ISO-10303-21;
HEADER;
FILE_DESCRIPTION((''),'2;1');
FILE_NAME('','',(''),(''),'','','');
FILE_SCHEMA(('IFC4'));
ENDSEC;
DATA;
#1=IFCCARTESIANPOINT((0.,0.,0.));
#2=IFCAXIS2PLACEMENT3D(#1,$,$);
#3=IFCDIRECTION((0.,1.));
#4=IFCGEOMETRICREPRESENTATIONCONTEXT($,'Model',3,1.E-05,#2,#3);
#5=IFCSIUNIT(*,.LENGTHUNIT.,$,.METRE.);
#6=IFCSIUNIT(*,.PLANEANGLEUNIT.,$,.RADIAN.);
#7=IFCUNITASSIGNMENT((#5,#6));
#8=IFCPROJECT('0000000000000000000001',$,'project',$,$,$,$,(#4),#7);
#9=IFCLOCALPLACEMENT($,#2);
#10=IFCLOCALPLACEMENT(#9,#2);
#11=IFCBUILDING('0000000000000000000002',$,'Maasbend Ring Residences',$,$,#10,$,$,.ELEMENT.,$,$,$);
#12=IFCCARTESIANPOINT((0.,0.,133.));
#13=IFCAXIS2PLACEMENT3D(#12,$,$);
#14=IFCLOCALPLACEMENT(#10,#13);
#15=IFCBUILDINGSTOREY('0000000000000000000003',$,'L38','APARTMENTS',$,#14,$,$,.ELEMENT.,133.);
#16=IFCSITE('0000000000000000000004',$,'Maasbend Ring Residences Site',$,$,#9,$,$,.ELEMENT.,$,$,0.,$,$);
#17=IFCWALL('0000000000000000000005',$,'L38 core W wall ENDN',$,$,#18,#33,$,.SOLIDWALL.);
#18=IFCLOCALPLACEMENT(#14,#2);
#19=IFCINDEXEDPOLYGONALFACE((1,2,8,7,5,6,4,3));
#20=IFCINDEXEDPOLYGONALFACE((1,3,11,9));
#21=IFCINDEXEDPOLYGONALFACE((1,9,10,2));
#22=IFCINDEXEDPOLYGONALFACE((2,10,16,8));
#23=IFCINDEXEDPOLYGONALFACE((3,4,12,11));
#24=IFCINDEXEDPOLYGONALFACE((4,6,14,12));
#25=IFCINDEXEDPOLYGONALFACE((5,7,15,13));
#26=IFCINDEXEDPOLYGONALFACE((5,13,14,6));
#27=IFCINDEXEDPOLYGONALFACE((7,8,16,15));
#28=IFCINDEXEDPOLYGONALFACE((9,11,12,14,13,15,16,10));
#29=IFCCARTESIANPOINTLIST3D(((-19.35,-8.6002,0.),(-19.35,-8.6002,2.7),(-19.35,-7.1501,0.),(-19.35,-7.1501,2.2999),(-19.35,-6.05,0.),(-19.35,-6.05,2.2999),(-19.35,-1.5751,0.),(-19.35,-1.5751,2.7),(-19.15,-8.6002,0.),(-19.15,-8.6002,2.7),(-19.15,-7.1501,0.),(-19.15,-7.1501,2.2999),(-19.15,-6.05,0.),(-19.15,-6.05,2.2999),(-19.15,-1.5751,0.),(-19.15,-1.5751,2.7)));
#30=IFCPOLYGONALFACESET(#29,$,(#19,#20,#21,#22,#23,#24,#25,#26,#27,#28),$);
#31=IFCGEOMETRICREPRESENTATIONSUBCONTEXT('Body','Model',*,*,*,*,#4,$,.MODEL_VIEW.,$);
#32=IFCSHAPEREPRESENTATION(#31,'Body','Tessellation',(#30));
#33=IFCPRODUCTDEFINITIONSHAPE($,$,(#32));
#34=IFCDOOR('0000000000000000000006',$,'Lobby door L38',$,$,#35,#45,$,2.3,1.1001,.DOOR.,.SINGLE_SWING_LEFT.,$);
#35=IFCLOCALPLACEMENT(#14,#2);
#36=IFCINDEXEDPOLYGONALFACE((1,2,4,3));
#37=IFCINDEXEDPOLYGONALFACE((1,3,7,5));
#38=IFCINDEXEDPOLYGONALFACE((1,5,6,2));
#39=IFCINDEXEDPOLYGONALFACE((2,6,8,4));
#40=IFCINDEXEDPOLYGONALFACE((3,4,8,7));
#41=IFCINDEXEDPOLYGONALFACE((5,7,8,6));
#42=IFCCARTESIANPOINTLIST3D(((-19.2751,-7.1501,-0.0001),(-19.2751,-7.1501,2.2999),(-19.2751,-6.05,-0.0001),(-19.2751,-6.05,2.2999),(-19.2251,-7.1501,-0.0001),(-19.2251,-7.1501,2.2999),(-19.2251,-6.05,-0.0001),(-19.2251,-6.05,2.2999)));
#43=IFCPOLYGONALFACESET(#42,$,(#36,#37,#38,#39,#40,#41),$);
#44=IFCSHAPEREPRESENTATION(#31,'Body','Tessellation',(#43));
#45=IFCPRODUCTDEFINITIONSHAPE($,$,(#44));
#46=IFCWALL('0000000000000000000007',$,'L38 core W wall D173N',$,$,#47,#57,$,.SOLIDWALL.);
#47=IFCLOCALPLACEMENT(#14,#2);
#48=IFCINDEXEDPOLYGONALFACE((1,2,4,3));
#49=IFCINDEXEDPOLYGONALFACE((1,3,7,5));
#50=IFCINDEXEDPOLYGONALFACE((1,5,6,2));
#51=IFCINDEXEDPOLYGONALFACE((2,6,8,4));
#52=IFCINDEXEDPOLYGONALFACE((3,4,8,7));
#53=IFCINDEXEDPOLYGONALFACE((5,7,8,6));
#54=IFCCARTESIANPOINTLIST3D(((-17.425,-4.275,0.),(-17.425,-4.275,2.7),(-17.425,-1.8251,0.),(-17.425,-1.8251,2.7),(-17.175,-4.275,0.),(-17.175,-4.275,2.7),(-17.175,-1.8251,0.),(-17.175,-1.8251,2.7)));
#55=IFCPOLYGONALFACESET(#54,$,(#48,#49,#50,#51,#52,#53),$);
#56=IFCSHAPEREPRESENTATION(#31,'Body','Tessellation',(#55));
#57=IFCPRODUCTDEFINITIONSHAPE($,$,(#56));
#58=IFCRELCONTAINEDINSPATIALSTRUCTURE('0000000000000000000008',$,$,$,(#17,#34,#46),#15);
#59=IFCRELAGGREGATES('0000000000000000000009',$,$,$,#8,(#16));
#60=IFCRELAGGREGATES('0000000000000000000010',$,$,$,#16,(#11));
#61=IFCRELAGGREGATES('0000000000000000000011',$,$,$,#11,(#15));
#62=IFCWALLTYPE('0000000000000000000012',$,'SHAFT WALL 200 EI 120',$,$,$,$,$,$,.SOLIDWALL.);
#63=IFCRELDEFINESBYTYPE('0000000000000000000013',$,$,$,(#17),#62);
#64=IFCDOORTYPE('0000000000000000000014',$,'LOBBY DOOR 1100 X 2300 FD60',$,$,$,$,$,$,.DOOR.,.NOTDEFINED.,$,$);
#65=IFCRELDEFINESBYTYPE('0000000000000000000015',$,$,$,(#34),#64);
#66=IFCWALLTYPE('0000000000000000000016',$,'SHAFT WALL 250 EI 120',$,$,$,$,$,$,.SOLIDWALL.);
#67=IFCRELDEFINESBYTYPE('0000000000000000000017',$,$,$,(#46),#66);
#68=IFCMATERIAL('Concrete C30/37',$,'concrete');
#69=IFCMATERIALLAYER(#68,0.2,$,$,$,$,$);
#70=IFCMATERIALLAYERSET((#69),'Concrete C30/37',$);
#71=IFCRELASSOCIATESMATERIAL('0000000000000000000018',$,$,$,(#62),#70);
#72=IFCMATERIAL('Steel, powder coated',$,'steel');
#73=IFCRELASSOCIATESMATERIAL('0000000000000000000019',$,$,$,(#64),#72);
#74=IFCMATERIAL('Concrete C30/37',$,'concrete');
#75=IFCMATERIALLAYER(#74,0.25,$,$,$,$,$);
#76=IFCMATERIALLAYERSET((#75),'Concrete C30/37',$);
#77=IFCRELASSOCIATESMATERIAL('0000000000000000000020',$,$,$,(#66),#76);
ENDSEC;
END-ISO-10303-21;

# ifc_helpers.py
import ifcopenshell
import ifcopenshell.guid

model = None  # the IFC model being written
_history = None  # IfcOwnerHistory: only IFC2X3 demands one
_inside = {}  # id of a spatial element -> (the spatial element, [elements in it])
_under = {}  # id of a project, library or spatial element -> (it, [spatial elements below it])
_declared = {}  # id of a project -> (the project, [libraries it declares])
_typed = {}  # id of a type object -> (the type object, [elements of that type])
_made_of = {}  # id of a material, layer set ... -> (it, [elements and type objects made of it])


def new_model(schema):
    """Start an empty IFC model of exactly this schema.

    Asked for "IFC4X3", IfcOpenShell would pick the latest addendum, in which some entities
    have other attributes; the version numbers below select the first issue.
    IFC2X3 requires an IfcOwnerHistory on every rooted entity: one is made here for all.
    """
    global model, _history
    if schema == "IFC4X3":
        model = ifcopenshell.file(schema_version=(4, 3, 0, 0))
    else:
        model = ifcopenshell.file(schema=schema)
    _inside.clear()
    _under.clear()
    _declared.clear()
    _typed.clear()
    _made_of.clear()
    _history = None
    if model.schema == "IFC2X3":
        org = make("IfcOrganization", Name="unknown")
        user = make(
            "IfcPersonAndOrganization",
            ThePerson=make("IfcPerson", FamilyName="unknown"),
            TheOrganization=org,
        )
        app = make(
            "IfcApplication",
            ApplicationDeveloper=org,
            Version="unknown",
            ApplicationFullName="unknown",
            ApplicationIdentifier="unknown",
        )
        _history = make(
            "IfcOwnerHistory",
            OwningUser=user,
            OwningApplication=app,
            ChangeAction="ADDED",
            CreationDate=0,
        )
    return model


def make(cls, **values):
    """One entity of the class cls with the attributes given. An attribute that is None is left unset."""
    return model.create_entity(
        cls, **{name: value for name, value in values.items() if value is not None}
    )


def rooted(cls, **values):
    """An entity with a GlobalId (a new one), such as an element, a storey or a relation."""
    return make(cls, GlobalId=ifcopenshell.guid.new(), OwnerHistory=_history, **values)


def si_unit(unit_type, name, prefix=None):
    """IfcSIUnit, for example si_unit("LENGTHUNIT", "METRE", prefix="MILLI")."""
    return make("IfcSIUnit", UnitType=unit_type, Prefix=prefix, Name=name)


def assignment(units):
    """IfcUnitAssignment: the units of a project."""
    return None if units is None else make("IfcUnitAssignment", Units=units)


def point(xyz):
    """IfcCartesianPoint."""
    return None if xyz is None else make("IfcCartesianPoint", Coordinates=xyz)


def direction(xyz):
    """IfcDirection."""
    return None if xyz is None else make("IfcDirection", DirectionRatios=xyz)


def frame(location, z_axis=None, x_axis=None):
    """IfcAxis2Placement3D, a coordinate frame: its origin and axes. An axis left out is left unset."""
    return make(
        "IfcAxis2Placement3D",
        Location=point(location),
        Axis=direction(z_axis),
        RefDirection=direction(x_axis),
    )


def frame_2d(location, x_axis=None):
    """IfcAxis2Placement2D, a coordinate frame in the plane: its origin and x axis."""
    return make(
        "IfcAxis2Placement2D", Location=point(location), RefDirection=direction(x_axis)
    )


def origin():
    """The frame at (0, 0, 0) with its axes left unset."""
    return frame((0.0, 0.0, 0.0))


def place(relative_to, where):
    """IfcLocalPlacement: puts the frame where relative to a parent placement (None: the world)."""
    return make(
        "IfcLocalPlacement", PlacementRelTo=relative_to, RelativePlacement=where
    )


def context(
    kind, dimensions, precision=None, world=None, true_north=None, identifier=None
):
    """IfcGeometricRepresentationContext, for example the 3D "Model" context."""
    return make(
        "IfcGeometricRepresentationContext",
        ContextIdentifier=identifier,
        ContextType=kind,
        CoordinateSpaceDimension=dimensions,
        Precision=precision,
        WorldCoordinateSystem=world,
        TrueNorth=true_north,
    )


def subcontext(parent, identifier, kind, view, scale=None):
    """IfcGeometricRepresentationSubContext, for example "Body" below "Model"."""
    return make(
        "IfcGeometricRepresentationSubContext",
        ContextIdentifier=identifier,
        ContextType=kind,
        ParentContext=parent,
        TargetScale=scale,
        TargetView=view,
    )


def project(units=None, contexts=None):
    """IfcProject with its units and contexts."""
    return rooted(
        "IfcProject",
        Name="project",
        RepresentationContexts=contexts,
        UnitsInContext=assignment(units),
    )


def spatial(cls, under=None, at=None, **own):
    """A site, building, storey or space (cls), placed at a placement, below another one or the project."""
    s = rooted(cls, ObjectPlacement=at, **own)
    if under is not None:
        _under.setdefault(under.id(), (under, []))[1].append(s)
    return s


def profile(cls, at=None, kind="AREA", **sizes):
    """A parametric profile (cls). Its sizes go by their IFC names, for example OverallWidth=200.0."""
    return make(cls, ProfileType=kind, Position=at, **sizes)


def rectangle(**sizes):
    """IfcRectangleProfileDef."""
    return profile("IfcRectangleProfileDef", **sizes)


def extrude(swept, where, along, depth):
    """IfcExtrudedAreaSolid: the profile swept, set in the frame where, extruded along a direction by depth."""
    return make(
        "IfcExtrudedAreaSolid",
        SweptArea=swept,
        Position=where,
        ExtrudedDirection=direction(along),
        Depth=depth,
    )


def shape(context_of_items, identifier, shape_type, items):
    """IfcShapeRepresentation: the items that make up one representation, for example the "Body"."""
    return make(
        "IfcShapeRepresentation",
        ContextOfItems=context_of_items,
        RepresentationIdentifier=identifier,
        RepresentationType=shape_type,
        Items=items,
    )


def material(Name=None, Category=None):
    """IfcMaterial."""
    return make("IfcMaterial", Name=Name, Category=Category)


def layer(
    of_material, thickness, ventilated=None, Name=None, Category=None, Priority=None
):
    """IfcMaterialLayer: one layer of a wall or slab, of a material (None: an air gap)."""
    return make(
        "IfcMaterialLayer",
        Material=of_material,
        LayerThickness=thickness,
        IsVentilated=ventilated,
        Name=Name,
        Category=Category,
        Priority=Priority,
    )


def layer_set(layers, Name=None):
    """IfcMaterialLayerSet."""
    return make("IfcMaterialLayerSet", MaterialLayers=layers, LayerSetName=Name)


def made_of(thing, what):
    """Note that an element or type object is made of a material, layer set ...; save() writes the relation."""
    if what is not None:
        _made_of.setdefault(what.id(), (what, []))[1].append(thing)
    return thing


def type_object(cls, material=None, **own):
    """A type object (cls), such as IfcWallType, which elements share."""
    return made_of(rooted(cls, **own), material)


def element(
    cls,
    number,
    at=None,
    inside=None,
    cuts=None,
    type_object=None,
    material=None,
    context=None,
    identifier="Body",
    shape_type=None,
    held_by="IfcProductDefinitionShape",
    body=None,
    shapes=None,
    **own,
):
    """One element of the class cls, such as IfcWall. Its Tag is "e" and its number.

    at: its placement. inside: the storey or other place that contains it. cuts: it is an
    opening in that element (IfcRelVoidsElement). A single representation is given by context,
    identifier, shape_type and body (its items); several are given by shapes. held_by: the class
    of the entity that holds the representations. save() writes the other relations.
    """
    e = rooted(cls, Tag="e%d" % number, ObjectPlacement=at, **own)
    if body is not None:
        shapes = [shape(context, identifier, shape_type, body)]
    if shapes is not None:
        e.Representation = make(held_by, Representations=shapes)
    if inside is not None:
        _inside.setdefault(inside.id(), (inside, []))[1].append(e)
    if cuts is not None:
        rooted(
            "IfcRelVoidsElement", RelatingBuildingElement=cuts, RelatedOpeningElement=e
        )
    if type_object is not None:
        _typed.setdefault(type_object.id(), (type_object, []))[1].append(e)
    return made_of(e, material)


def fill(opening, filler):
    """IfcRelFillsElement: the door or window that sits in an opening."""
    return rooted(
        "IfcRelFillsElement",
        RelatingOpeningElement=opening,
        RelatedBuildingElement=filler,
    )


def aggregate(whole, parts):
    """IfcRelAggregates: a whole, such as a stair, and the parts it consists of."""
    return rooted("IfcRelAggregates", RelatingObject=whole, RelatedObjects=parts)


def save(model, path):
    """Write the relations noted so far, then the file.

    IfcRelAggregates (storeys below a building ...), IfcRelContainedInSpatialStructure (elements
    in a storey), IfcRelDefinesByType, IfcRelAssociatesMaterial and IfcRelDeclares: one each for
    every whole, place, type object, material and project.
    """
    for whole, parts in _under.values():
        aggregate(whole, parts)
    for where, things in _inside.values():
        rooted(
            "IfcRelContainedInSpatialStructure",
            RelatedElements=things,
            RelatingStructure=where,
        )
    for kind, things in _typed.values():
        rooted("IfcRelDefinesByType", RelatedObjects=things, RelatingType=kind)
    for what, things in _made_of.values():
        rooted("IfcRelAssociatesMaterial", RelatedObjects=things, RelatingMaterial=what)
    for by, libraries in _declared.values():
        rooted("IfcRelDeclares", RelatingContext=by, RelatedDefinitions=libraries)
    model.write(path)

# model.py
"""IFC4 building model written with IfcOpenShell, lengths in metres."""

from ifc_helpers import new_model, si_unit, direction, frame, frame_2d, origin, place, context, subcontext, project, spatial, rectangle, extrude, material, layer, layer_set, type_object, element, fill, save


model = new_model("IFC4")

# Units and contexts
model_context = context("Model", 3, precision=1e-05, world=origin(), true_north=direction((0.0, 1.0)))
body_context = subcontext(model_context, "Body", "Model", "MODEL_VIEW")
ifc_project = project(units=[si_unit("LENGTHUNIT", "METRE"), si_unit("PLANEANGLEUNIT", "RADIAN")], contexts=[model_context])

# Site, building, storey
site_placement = place(None, origin())
site = spatial("IfcSite", under=ifc_project, at=site_placement, Name="Maasbend Ring Residences Site", CompositionType="ELEMENT", RefElevation=0.0)
building_placement = place(site_placement, origin())
building = spatial("IfcBuilding", under=site, at=building_placement, Name="Maasbend Ring Residences", CompositionType="ELEMENT")
storey_placement = place(building_placement, frame((0.0, 0.0, 133.0)))
storey = spatial("IfcBuildingStorey", under=building, at=storey_placement, Name="L38", Description="APARTMENTS", CompositionType="ELEMENT", Elevation=133.0)

# Wall, opening, door
ifc_material_1 = material(Name="Concrete C30/37", Category="concrete")
ifc_layer_1 = layer(ifc_material_1, 0.2)
ifc_layer_set_1 = layer_set([ifc_layer_1], Name="Concrete C30/37")
wall_type_1 = type_object("IfcWallType", Name="SHAFT WALL 200 EI 120", PredefinedType="SOLIDWALL", material=ifc_layer_set_1)
wall_1_placement = place(storey_placement, frame((-19.25, -1.575, 0.0), z_axis=(0.0, 0.0, 1.0), x_axis=(0.0, -1.0, 0.0)))
wall_1 = element("IfcWall", 1, at=wall_1_placement, inside=storey, type_object=wall_type_1, Name="L38 core W wall ENDN", PredefinedType="SOLIDWALL", context=body_context, shape_type="SweptSolid", body=[
    extrude(rectangle(XDim=7.0251, YDim=0.2, at=frame_2d((3.5127, 0.0))), origin(), (0.0, 0.0, 1.0), 2.7),
])
opening_1_placement = place(wall_1_placement, frame((4.4751, 0.0, 0.0)))
opening_1 = element("IfcOpeningElement", 2, at=opening_1_placement, cuts=wall_1, PredefinedType="OPENING", context=body_context, shape_type="SweptSolid", body=[
    extrude(rectangle(XDim=1.1001, YDim=2.3, at=frame_2d((0.55, 1.1499))), frame((0.0, 0.1099, 0.0), z_axis=(0.0, -1.0, 0.0), x_axis=(1.0, 0.0, 0.0)), (0.0, 0.0, 1.0), 0.22),
])
ifc_material_2 = material(Name="Steel, powder coated", Category="steel")
door_type_1 = type_object("IfcDoorType", Name="LOBBY DOOR 1100 X 2300 FD60", OperationType="NOTDEFINED", PredefinedType="DOOR", material=ifc_material_2)
door_1_placement = place(opening_1_placement, origin())
door_1 = element("IfcDoor", 3, at=door_1_placement, inside=storey, type_object=door_type_1, Name="Lobby door L38", OperationType="SINGLE_SWING_LEFT", OverallHeight=2.3, OverallWidth=1.1001, PredefinedType="DOOR", context=body_context, shape_type="SweptSolid", body=[
    extrude(rectangle(XDim=1.1001, YDim=2.3, at=frame_2d((0.55, 1.1499))), frame((0.0, 0.0249, 0.0), z_axis=(0.0, -1.0, 0.0), x_axis=(1.0, 0.0, 0.0)), (0.0, 0.0, 1.0), 0.05),
])
fill(opening_1, door_1)

# Wall
ifc_material_3 = material(Name="Concrete C30/37", Category="concrete")
ifc_layer_2 = layer(ifc_material_3, 0.25)
ifc_layer_set_2 = layer_set([ifc_layer_2], Name="Concrete C30/37")
wall_type_2 = type_object("IfcWallType", Name="SHAFT WALL 250 EI 120", PredefinedType="SOLIDWALL", material=ifc_layer_set_2)
wall_2_placement = place(storey_placement, frame((-17.3, -1.825, 0.0), z_axis=(0.0, 0.0, 1.0), x_axis=(0.0, -1.0, 0.0)))
element("IfcWall", 4, at=wall_2_placement, inside=storey, type_object=wall_type_2, Name="L38 core W wall D173N", PredefinedType="SOLIDWALL", context=body_context, shape_type="SweptSolid", body=[
    extrude(rectangle(XDim=2.45, YDim=0.25, at=frame_2d((1.2251, 0.0))), origin(), (0.0, 0.0, 1.0), 2.7),
])

save(model, "model.ifc")
